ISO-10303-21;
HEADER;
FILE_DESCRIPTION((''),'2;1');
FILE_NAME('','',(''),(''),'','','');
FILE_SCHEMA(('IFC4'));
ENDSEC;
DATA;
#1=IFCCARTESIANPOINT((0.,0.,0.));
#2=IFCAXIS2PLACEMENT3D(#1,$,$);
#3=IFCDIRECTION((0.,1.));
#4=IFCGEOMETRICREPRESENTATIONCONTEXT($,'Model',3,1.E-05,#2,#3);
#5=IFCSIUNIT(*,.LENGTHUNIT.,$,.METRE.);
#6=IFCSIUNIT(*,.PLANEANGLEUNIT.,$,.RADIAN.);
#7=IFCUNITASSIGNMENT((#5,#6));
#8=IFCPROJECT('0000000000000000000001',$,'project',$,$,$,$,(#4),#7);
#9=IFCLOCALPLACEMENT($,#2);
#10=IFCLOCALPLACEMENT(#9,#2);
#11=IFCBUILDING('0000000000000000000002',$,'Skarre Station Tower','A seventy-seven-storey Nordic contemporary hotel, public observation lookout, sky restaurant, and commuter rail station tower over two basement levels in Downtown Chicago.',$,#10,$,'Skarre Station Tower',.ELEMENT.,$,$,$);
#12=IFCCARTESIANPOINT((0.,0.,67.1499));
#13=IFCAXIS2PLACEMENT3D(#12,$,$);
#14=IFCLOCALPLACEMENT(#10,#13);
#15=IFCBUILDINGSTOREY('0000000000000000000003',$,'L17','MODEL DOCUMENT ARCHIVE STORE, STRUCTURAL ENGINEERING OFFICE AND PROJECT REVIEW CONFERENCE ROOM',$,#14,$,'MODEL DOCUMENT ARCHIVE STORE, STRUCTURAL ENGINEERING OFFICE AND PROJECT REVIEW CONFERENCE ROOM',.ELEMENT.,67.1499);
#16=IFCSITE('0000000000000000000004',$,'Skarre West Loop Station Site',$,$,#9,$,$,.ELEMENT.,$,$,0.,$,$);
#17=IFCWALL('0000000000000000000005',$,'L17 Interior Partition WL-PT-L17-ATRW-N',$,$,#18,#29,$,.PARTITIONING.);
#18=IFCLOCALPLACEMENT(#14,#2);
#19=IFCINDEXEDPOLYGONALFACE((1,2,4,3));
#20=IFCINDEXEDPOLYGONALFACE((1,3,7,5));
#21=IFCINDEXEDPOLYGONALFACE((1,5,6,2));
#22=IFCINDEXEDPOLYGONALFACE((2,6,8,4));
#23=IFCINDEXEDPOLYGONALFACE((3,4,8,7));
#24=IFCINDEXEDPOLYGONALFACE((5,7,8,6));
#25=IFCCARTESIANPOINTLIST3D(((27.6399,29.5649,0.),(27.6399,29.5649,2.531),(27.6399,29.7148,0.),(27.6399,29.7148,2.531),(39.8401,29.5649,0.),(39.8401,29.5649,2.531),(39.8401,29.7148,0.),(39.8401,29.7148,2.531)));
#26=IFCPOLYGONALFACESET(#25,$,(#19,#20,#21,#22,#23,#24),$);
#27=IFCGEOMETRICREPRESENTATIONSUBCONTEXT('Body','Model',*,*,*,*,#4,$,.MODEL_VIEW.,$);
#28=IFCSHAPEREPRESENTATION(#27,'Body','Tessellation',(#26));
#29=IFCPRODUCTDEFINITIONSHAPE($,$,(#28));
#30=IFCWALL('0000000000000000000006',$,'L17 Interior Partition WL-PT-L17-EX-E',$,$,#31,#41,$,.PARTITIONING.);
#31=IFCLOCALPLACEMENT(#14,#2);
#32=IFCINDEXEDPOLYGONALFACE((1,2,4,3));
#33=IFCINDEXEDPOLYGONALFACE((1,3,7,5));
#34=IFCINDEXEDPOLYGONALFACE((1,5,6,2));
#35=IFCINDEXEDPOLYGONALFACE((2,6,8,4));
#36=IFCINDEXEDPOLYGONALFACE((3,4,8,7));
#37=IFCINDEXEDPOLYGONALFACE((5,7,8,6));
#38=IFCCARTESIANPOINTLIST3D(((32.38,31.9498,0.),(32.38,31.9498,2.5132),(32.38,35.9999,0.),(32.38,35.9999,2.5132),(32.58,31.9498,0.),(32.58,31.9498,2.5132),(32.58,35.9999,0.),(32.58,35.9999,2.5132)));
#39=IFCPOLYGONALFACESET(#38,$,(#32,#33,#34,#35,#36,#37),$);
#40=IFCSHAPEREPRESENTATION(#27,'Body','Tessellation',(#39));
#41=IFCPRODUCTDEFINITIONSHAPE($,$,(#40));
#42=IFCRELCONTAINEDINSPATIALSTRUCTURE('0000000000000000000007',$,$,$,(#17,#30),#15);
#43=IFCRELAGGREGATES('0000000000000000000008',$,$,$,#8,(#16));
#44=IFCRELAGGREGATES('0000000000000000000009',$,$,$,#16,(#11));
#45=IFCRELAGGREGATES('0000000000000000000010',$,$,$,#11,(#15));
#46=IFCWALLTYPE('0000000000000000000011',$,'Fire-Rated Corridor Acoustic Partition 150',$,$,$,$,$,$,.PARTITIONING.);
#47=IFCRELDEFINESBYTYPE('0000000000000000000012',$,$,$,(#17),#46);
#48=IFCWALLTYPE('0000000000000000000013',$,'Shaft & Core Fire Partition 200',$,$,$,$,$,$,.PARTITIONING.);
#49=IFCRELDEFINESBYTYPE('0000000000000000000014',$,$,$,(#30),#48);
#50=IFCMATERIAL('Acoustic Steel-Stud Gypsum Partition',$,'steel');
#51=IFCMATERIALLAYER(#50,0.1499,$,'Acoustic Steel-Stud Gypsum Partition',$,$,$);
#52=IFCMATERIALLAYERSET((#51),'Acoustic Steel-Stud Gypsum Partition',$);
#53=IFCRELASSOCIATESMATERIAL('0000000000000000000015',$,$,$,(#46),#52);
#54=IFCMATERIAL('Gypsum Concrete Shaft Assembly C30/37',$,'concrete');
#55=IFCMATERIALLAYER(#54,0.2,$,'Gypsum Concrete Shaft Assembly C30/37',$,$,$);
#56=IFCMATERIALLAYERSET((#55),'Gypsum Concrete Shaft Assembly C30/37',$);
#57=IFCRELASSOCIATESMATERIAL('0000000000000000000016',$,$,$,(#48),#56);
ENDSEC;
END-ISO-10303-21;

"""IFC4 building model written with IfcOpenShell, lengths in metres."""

from ifc_helpers import new_model, si_unit, direction, frame, frame_2d, origin, place, context, subcontext, project, spatial, rectangle, extrude, material, layer, layer_set, type_object, element, save


model = new_model("IFC4")

# Units and contexts
model_context = context("Model", 3, precision=1e-05, world=origin(), true_north=direction((0.0, 1.0)))
body_context = subcontext(model_context, "Body", "Model", "MODEL_VIEW")
ifc_project = project(units=[si_unit("LENGTHUNIT", "METRE"), si_unit("PLANEANGLEUNIT", "RADIAN")], contexts=[model_context])

# Site, building, storey
site_placement = place(None, origin())
site = spatial("IfcSite", under=ifc_project, at=site_placement, Name="Skarre West Loop Station Site", CompositionType="ELEMENT", RefElevation=0.0)
building_placement = place(site_placement, origin())
building = spatial("IfcBuilding", under=site, at=building_placement, Name="Skarre Station Tower", Description="A seventy-seven-storey Nordic contemporary hotel, public observation lookout, sky restaurant, and commuter rail station tower over two basement levels in Downtown Chicago.", LongName="Skarre Station Tower", CompositionType="ELEMENT")
storey_placement = place(building_placement, frame((0.0, 0.0, 67.1499)))
storey = spatial("IfcBuildingStorey", under=building, at=storey_placement, Name="L17", Description="MODEL DOCUMENT ARCHIVE STORE, STRUCTURAL ENGINEERING OFFICE AND PROJECT REVIEW CONFERENCE ROOM", LongName="MODEL DOCUMENT ARCHIVE STORE, STRUCTURAL ENGINEERING OFFICE AND PROJECT REVIEW CONFERENCE ROOM", CompositionType="ELEMENT", Elevation=67.1499)

# Walls
ifc_material_1 = material(Name="Acoustic Steel-Stud Gypsum Partition", Category="steel")
ifc_layer_1 = layer(ifc_material_1, 0.1499, Name="Acoustic Steel-Stud Gypsum Partition")
ifc_layer_set_1 = layer_set([ifc_layer_1], Name="Acoustic Steel-Stud Gypsum Partition")
wall_type_1 = type_object("IfcWallType", Name="Fire-Rated Corridor Acoustic Partition 150", PredefinedType="PARTITIONING", material=ifc_layer_set_1)
wall_1_placement = place(storey_placement, frame((39.8401, 29.6399, 0.0), z_axis=(0.0, 0.0, 1.0), x_axis=(-1.0, 0.0, 0.0)))
element("IfcWall", 1, at=wall_1_placement, inside=storey, type_object=wall_type_1, Name="L17 Interior Partition WL-PT-L17-ATRW-N", PredefinedType="PARTITIONING", context=body_context, shape_type="SweptSolid", body=[
    extrude(rectangle(XDim=12.2002, YDim=0.1499, at=frame_2d((6.1001, 0.0))), origin(), (0.0, 0.0, 1.0), 2.531),
])
ifc_material_2 = material(Name="Gypsum Concrete Shaft Assembly C30/37", Category="concrete")
ifc_layer_2 = layer(ifc_material_2, 0.2, Name="Gypsum Concrete Shaft Assembly C30/37")
ifc_layer_set_2 = layer_set([ifc_layer_2], Name="Gypsum Concrete Shaft Assembly C30/37")
wall_type_2 = type_object("IfcWallType", Name="Shaft & Core Fire Partition 200", PredefinedType="PARTITIONING", material=ifc_layer_set_2)
wall_2_placement = place(storey_placement, frame((32.48, 31.95, 0.0), z_axis=(0.0, 0.0, 1.0), x_axis=(0.0, 1.0, 0.0)))
element("IfcWall", 2, at=wall_2_placement, inside=storey, type_object=wall_type_2, Name="L17 Interior Partition WL-PT-L17-EX-E", PredefinedType="PARTITIONING", context=body_context, shape_type="SweptSolid", body=[
    extrude(rectangle(XDim=4.05, YDim=0.2, at=frame_2d((2.0249, 0.0))), origin(), (0.0, 0.0, 1.0), 2.5132),
])

save(model, "model.ifc")
